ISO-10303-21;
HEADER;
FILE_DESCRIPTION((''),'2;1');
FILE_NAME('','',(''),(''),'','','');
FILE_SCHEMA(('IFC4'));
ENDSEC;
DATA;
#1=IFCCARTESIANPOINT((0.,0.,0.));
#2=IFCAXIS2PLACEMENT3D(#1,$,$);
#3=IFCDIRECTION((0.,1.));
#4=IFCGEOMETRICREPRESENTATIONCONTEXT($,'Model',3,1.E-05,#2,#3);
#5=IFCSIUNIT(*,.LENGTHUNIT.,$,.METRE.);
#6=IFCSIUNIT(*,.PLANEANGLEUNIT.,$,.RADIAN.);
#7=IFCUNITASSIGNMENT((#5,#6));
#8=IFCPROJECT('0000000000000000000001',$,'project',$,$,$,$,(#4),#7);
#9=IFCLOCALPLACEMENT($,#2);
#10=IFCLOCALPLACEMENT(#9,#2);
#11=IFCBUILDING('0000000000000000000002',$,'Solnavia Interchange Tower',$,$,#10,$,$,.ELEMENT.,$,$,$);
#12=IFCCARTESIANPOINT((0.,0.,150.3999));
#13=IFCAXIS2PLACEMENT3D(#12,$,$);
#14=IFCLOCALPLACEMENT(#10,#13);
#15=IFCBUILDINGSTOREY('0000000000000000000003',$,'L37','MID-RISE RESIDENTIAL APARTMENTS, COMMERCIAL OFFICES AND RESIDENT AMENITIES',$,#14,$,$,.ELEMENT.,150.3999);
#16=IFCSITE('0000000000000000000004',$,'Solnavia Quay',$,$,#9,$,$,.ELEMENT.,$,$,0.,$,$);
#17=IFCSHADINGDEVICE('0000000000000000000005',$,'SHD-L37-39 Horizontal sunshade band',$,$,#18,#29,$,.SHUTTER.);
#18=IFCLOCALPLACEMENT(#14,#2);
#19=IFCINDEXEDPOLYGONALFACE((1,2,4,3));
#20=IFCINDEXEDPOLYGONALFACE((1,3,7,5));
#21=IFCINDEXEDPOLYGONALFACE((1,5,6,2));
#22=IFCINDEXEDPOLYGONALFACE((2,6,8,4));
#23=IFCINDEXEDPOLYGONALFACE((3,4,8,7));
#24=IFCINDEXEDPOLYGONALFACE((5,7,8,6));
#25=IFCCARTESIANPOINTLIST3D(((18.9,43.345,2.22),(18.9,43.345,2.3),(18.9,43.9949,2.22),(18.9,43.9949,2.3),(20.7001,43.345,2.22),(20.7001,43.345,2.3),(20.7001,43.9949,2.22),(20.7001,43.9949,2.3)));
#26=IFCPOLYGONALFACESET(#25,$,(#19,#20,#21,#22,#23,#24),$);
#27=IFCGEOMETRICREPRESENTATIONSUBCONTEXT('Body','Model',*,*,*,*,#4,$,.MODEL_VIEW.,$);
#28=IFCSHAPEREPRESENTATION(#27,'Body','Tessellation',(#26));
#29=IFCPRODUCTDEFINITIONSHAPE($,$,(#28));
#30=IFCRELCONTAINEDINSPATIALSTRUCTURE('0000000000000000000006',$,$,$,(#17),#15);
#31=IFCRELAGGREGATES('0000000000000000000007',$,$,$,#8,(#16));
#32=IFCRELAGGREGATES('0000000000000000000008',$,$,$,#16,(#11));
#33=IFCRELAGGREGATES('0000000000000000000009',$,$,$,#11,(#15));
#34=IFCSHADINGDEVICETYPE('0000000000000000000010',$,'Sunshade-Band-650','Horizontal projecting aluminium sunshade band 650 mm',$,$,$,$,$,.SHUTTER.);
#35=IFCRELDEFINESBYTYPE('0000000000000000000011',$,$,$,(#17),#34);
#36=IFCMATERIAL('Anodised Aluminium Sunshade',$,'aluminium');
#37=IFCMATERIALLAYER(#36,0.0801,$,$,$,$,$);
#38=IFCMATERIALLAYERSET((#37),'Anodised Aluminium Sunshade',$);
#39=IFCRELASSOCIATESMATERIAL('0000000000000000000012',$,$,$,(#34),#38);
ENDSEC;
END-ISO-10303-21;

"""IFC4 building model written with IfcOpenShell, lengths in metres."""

from ifc_helpers import new_model, si_unit, direction, frame, origin, origin_2d, place, context, subcontext, project, spatial, rectangle, extrude, material, layer, layer_set, type_object, element, save


model = new_model("IFC4")

# Units and contexts
model_context = context("Model", 3, precision=1e-05, world=origin(), true_north=direction((0.0, 1.0)))
body_context = subcontext(model_context, "Body", "Model", "MODEL_VIEW")
ifc_project = project(units=[si_unit("LENGTHUNIT", "METRE"), si_unit("PLANEANGLEUNIT", "RADIAN")], contexts=[model_context])

# Site, building, storey
site_placement = place(None, origin())
site = spatial("IfcSite", under=ifc_project, at=site_placement, Name="Solnavia Quay", CompositionType="ELEMENT", RefElevation=0.0)
building_placement = place(site_placement, origin())
building = spatial("IfcBuilding", under=site, at=building_placement, Name="Solnavia Interchange Tower", CompositionType="ELEMENT")
storey_placement = place(building_placement, frame((0.0, 0.0, 150.3999)))
storey = spatial("IfcBuildingStorey", under=building, at=storey_placement, Name="L37", Description="MID-RISE RESIDENTIAL APARTMENTS, COMMERCIAL OFFICES AND RESIDENT AMENITIES", CompositionType="ELEMENT", Elevation=150.3999)

# Shading device
ifc_material_1 = material(Name="Anodised Aluminium Sunshade", Category="aluminium")
ifc_layer_1 = layer(ifc_material_1, 0.0801)
ifc_layer_set_1 = layer_set([ifc_layer_1], Name="Anodised Aluminium Sunshade")
shading_device_type = type_object("IfcShadingDeviceType", Name="Sunshade-Band-650", Description="Horizontal projecting aluminium sunshade band 650 mm", PredefinedType="SHUTTER", material=ifc_layer_set_1)
shading_device_placement = place(storey_placement, frame((19.8, 43.6699, 2.22), z_axis=(0.0, 0.0, 1.0), x_axis=(1.0, 0.0, 0.0)))
element("IfcShadingDevice", 1, at=shading_device_placement, inside=storey, type_object=shading_device_type, Name="SHD-L37-39 Horizontal sunshade band", PredefinedType="SHUTTER", context=body_context, shape_type="SweptSolid", body=[
    extrude(rectangle(XDim=1.8, YDim=0.6499, at=origin_2d()), origin(), (0.0, 0.0, 1.0), 0.0801),
])

save(model, "model.ifc")
